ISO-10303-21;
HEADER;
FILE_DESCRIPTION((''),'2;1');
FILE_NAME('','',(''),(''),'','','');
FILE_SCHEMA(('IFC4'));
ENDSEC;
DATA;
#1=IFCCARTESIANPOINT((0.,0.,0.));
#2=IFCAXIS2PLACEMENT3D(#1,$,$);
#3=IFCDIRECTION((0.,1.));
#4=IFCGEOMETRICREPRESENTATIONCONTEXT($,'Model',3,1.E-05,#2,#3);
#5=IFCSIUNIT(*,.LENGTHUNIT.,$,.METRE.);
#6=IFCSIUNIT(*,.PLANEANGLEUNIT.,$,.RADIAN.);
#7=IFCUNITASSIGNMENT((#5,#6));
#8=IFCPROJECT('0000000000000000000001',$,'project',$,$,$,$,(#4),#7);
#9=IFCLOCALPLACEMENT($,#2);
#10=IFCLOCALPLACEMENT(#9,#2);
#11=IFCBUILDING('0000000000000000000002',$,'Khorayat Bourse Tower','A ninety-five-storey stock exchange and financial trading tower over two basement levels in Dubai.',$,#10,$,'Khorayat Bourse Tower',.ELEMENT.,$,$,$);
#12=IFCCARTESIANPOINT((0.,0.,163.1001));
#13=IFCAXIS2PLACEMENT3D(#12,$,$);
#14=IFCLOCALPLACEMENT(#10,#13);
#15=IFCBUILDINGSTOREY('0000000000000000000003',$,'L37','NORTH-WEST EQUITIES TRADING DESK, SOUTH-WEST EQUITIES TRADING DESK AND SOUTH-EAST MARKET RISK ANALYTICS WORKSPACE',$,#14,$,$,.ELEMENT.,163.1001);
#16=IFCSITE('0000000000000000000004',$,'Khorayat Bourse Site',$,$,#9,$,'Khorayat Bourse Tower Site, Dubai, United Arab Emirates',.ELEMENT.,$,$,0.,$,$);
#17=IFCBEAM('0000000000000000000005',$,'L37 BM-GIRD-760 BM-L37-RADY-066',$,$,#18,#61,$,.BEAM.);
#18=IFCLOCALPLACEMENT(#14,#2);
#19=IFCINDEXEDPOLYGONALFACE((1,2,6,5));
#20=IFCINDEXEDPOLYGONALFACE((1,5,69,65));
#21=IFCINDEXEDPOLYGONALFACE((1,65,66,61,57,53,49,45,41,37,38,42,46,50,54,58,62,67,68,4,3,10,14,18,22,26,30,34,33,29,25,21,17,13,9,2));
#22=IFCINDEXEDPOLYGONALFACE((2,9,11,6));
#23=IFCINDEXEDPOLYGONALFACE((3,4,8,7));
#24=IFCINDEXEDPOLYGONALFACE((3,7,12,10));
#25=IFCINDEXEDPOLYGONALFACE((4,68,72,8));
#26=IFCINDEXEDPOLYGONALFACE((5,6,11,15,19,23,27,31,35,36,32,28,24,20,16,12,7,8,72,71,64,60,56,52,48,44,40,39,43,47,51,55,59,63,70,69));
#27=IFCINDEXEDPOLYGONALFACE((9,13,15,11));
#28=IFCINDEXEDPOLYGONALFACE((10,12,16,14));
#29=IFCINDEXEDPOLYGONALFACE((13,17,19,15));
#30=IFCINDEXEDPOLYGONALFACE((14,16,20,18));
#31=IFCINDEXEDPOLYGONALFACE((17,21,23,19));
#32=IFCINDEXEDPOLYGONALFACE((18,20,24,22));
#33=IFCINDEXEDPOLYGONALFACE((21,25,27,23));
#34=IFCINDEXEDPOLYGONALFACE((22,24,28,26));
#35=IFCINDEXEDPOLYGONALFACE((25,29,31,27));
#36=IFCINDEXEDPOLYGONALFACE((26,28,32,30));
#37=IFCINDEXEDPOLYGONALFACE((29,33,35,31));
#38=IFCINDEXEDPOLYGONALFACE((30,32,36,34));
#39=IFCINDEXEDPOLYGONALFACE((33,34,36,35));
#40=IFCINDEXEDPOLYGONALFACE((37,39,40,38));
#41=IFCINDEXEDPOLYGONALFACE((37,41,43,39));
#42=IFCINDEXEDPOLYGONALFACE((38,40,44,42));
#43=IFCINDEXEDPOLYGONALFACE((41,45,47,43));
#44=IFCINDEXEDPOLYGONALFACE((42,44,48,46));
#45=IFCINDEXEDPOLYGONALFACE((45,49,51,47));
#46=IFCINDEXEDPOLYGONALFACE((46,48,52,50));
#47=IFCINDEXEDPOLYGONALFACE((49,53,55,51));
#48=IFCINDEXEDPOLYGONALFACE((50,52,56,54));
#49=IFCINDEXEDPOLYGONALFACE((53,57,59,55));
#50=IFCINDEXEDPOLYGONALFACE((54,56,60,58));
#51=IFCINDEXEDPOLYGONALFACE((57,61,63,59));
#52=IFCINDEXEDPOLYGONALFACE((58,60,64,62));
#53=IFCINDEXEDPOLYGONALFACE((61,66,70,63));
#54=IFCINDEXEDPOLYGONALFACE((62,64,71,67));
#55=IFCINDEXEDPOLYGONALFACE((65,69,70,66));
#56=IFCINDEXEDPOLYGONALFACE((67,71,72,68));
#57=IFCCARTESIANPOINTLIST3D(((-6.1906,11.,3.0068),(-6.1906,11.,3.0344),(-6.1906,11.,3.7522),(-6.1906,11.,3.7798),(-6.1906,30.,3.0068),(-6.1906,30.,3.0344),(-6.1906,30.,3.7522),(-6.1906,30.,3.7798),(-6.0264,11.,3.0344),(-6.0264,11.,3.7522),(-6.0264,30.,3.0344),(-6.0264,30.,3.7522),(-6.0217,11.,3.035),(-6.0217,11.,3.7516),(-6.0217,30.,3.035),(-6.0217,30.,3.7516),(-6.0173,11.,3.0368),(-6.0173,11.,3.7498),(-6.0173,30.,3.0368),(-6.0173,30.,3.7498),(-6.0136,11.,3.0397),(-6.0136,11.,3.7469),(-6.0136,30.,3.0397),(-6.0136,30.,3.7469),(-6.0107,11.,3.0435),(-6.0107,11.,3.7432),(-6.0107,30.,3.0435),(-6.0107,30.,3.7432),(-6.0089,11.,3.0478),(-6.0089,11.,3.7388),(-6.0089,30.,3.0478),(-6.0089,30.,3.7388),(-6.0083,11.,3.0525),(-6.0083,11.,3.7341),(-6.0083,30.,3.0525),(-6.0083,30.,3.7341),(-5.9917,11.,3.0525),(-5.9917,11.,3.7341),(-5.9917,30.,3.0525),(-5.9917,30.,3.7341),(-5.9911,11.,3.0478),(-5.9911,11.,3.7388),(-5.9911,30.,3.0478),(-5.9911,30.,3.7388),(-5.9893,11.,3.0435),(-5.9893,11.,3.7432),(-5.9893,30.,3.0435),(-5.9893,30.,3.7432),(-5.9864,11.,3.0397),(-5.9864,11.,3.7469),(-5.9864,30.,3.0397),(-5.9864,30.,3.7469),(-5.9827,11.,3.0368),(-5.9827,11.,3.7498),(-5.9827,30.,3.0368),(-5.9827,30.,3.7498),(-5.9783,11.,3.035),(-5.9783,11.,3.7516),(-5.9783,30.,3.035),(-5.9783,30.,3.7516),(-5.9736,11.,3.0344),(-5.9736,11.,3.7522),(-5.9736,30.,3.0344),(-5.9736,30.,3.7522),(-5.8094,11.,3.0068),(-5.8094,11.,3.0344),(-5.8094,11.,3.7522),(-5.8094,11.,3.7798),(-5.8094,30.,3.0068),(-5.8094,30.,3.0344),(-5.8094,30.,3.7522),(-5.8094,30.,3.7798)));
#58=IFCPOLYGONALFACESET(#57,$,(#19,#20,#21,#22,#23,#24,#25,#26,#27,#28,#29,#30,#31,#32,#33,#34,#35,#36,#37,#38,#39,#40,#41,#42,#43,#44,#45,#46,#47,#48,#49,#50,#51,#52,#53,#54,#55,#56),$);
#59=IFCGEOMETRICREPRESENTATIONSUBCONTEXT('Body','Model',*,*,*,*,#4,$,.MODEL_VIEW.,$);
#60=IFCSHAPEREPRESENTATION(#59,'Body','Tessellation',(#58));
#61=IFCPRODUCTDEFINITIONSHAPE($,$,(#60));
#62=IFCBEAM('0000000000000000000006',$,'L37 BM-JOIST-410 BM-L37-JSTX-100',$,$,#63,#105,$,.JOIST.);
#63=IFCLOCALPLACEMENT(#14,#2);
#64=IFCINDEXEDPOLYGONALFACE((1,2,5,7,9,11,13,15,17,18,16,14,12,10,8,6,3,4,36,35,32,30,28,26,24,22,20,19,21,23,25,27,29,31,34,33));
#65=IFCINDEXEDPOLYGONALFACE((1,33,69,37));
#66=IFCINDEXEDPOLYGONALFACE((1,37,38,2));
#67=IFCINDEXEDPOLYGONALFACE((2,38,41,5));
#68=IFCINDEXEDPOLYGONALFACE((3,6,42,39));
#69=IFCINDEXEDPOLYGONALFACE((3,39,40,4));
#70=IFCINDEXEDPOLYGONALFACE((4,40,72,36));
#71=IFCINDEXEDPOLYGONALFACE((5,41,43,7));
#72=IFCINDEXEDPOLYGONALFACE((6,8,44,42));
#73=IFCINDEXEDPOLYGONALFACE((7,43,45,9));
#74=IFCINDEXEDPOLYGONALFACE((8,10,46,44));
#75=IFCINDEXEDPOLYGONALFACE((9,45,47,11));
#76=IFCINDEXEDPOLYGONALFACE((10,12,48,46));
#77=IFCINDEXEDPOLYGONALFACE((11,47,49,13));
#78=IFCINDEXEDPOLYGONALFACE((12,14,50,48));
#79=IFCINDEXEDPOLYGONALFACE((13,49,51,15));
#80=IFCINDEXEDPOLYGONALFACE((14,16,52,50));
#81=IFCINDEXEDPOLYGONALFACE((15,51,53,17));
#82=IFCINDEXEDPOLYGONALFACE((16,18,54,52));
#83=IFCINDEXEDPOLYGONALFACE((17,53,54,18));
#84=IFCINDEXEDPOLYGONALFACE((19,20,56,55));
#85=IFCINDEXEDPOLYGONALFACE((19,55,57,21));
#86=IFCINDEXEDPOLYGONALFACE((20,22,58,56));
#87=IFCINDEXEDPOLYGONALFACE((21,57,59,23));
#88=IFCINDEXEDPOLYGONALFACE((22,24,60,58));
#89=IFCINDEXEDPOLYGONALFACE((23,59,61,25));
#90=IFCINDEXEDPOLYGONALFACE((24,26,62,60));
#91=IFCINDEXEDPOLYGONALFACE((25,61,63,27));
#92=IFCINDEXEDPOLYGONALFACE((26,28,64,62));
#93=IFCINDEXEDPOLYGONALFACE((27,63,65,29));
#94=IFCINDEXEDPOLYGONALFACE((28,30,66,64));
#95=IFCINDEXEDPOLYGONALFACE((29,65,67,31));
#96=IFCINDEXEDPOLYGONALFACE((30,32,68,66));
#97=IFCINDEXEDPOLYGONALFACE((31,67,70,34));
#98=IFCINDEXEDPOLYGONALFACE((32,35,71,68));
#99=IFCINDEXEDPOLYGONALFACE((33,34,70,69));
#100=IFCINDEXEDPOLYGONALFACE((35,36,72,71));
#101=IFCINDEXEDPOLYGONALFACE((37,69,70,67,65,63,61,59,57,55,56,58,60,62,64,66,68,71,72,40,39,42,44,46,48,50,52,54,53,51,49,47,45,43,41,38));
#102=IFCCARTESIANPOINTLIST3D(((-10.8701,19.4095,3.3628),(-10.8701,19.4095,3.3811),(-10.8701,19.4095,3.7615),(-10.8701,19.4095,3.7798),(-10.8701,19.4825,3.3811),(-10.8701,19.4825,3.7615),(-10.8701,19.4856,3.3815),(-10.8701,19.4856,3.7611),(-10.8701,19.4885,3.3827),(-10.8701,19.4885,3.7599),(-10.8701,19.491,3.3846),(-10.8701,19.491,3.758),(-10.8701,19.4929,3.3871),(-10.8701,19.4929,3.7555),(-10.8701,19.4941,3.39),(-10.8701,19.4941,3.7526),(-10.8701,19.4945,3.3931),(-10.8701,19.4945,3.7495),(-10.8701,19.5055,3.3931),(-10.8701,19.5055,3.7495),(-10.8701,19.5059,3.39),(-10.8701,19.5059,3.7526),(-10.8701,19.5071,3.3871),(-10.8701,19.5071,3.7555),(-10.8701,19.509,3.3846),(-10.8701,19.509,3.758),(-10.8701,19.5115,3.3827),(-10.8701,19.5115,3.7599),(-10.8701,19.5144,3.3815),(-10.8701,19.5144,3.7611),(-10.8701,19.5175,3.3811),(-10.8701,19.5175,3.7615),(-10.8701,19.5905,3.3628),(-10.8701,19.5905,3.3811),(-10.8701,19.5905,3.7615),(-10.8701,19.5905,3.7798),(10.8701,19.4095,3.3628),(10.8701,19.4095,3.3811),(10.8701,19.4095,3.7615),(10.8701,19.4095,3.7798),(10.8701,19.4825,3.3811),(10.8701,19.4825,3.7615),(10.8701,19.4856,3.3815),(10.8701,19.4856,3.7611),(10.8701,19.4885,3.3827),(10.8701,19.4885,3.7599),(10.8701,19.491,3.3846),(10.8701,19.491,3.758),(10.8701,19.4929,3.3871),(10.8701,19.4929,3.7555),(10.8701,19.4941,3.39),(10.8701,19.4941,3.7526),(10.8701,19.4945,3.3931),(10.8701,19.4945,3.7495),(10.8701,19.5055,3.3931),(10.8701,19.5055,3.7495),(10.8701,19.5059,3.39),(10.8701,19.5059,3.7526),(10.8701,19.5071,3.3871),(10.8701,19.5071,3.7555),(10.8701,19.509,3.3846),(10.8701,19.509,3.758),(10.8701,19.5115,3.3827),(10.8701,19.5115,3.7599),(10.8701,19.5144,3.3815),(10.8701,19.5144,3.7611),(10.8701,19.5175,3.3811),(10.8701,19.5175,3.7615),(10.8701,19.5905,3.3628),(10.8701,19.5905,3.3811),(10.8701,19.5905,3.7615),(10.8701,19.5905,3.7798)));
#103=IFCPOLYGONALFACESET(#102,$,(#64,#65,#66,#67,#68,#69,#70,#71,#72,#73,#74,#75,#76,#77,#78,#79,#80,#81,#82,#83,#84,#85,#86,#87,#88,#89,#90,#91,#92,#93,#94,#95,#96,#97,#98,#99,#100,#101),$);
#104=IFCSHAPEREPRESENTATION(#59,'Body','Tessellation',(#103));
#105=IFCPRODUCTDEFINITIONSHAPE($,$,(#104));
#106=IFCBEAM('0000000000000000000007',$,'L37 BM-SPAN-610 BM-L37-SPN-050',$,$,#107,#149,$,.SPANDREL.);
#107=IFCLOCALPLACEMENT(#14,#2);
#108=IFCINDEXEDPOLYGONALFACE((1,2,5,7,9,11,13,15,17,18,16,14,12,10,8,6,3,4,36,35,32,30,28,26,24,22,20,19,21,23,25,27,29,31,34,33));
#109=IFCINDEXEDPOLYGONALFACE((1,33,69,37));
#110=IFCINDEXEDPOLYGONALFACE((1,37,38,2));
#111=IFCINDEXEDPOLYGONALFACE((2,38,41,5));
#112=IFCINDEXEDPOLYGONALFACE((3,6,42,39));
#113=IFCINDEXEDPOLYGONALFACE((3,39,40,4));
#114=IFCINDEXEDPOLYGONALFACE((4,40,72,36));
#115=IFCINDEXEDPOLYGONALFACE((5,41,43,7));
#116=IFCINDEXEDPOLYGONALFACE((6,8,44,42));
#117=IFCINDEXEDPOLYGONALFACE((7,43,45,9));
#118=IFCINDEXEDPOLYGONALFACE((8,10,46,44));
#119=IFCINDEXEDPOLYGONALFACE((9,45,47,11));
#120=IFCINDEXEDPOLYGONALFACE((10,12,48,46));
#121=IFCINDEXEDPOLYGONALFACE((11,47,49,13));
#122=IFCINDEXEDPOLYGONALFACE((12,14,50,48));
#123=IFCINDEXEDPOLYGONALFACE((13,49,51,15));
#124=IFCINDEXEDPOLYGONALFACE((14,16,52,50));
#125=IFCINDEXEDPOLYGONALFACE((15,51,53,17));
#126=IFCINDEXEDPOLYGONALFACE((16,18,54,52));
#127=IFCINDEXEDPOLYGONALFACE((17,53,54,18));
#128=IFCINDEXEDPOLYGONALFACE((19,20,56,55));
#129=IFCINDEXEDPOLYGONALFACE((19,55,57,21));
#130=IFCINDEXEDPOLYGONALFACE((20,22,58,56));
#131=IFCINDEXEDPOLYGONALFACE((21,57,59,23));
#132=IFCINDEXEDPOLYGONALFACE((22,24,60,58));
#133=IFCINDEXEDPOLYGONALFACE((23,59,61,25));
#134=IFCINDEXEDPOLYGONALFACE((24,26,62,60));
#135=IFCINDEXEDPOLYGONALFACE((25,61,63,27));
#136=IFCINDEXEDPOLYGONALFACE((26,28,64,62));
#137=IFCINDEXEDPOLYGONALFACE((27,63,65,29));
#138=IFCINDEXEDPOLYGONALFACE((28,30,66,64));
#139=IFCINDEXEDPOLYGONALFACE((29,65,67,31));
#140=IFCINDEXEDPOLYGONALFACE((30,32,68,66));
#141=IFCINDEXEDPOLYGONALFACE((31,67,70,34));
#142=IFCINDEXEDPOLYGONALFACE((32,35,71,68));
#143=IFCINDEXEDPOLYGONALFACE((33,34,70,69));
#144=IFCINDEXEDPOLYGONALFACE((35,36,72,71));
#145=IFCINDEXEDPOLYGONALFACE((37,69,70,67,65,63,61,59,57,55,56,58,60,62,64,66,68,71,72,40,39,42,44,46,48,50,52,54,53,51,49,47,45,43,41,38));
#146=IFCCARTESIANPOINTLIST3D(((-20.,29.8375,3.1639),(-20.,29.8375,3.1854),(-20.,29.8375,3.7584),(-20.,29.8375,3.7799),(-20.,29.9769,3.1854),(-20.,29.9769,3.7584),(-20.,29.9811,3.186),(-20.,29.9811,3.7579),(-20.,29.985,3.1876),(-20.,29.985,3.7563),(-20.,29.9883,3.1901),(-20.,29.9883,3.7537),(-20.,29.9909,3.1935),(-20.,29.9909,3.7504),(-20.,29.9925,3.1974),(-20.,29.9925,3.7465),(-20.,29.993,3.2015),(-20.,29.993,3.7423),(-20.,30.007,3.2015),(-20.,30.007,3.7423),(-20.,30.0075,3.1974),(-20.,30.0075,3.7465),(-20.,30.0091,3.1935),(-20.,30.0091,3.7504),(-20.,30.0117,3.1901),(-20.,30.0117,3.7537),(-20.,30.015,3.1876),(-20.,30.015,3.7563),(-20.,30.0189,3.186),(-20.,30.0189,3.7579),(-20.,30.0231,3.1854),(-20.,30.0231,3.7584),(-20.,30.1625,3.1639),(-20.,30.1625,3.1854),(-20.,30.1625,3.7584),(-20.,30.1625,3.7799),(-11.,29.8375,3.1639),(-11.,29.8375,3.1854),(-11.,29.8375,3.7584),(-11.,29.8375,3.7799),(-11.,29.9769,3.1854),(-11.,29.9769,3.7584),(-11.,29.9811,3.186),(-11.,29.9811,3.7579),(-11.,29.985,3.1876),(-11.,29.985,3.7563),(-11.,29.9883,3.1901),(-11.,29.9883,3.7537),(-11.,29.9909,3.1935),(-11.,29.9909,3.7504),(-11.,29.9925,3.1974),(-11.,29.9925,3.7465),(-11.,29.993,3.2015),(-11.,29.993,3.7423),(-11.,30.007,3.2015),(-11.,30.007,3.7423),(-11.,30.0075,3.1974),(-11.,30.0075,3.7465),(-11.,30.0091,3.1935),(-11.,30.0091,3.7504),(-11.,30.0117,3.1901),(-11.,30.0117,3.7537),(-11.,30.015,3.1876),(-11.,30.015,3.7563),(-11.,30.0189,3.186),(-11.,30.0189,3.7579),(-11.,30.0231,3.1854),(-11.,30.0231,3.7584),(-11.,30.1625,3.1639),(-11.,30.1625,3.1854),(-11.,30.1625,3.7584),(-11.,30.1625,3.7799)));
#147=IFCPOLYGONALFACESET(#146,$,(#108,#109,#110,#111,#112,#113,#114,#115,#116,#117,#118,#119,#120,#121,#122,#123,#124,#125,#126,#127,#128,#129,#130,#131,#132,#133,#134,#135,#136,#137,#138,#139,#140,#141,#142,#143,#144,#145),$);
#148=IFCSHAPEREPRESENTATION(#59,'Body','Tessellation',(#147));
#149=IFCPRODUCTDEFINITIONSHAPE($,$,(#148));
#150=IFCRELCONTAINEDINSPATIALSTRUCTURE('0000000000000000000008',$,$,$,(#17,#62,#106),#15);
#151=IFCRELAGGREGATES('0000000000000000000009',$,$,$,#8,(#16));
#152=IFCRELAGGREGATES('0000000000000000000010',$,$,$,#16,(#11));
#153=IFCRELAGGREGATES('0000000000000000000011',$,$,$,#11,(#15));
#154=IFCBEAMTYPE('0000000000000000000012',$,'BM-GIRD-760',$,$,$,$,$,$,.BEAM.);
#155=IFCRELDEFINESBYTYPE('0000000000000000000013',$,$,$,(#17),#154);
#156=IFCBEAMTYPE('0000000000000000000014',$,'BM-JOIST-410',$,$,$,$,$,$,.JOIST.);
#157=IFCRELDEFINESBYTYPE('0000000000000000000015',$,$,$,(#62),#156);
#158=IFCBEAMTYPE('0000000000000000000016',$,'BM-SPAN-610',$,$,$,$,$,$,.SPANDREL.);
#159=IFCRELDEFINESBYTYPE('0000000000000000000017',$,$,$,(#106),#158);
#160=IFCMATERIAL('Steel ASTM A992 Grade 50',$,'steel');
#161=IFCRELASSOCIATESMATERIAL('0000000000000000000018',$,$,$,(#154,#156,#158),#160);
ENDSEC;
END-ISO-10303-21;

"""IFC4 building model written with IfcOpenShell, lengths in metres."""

from ifc_helpers import new_model, si_unit, direction, frame, origin, origin_2d, place, context, subcontext, project, spatial, i_section, extrude, source, transform, mapped, material, material_profile, profile_set, type_object, element, save


model = new_model("IFC4")

# Units and contexts
model_context = context("Model", 3, precision=1e-05, world=origin(), true_north=direction((0.0, 1.0)))
body_context = subcontext(model_context, "Body", "Model", "MODEL_VIEW")
ifc_project = project(units=[si_unit("LENGTHUNIT", "METRE"), si_unit("PLANEANGLEUNIT", "RADIAN")], contexts=[model_context])

# Site, building, storey
site_placement = place(None, origin())
site = spatial("IfcSite", under=ifc_project, at=site_placement, Name="Khorayat Bourse Site", LongName="Khorayat Bourse Tower Site, Dubai, United Arab Emirates", CompositionType="ELEMENT", RefElevation=0.0)
building_placement = place(site_placement, origin())
building = spatial("IfcBuilding", under=site, at=building_placement, Name="Khorayat Bourse Tower", Description="A ninety-five-storey stock exchange and financial trading tower over two basement levels in Dubai.", LongName="Khorayat Bourse Tower", CompositionType="ELEMENT")
storey_placement = place(building_placement, frame((0.0, 0.0, 163.1001)))
storey = spatial("IfcBuildingStorey", under=building, at=storey_placement, Name="L37", Description="NORTH-WEST EQUITIES TRADING DESK, SOUTH-WEST EQUITIES TRADING DESK AND SOUTH-EAST MARKET RISK ANALYTICS WORKSPACE", CompositionType="ELEMENT", Elevation=163.1001)

# Beams
ifc_material_1 = material(Name="Steel ASTM A992 Grade 50", Category="steel")
ifc_material_profile_1 = material_profile(ifc_material_1, i_section(OverallWidth=0.3811, OverallDepth=0.7729, WebThickness=0.0166, FlangeThickness=0.0276, FilletRadius=0.0181, at=origin_2d()), Name="W760X257")
ifc_profile_set_1 = profile_set([ifc_material_profile_1], Name="Steel ASTM A992 Grade 50")
beam_type_1 = type_object("IfcBeamType", Name="BM-GIRD-760", PredefinedType="BEAM", material=ifc_profile_set_1)
shared_shape_1 = source(origin(), body_context, "Body", "SweptSolid", [
    extrude(i_section(OverallWidth=0.3811, OverallDepth=0.7729, WebThickness=0.0166, FlangeThickness=0.0276, FilletRadius=0.0181, at=origin_2d()), origin(), (0.0, 0.0, 1.0), 19.0),
])
for number, where, z_axis, x_axis, name in (
    (1, (-6.0, 11.0, 3.3933), (0.0, 1.0, 0.0), (-1.0, 0.0, 0.0), "L37 BM-GIRD-760 BM-L37-RADY-066"),
):
    element("IfcBeam", number, at=place(storey_placement, frame(where, z_axis=z_axis, x_axis=x_axis)), inside=storey, type_object=beam_type_1, Name=name, PredefinedType="BEAM", context=body_context, shape_type="MappedRepresentation", body=[
        mapped(shared_shape_1, transform((0.0, 0.0, 0.0), scale=1.0)),
    ])
ifc_material_profile_2 = material_profile(ifc_material_1, i_section(OverallWidth=0.1809, OverallDepth=0.417, WebThickness=0.011, FlangeThickness=0.0183, FilletRadius=0.012, at=origin_2d()), Name="W410X85")
ifc_profile_set_2 = profile_set([ifc_material_profile_2], Name="Steel ASTM A992 Grade 50")
beam_type_2 = type_object("IfcBeamType", Name="BM-JOIST-410", PredefinedType="JOIST", material=ifc_profile_set_2)
shared_shape_2 = source(origin(), body_context, "Body", "SweptSolid", [
    extrude(i_section(OverallWidth=0.1809, OverallDepth=0.417, WebThickness=0.011, FlangeThickness=0.0183, FilletRadius=0.012, at=origin_2d()), origin(), (0.0, 0.0, 1.0), 21.7402),
])
beam_1_placement = place(storey_placement, frame((-10.8701, 19.5, 3.5713), z_axis=(1.0, 0.0, 0.0), x_axis=(0.0, 1.0, 0.0)))
element("IfcBeam", 2, at=beam_1_placement, inside=storey, type_object=beam_type_2, Name="L37 BM-JOIST-410 BM-L37-JSTX-100", PredefinedType="JOIST", context=body_context, shape_type="MappedRepresentation", body=[
    mapped(shared_shape_2, transform((0.0, 0.0, 0.0), scale=1.0)),
])
ifc_material_profile_3 = material_profile(ifc_material_1, i_section(OverallWidth=0.325, OverallDepth=0.616, WebThickness=0.0139, FlangeThickness=0.0215, FilletRadius=0.0161, at=origin_2d()), Name="W610X174")
ifc_profile_set_3 = profile_set([ifc_material_profile_3], Name="Steel ASTM A992 Grade 50")
beam_type_3 = type_object("IfcBeamType", Name="BM-SPAN-610", PredefinedType="SPANDREL", material=ifc_profile_set_3)
shared_shape_3 = source(origin(), body_context, "Body", "SweptSolid", [
    extrude(i_section(OverallWidth=0.325, OverallDepth=0.616, WebThickness=0.0139, FlangeThickness=0.0215, FilletRadius=0.0161, at=origin_2d()), origin(), (0.0, 0.0, 1.0), 9.0),
])
beam_2_placement = place(storey_placement, frame((-20.0, 30.0, 3.4719), z_axis=(1.0, 0.0, 0.0), x_axis=(0.0, 1.0, 0.0)))
element("IfcBeam", 3, at=beam_2_placement, inside=storey, type_object=beam_type_3, Name="L37 BM-SPAN-610 BM-L37-SPN-050", PredefinedType="SPANDREL", context=body_context, shape_type="MappedRepresentation", body=[
    mapped(shared_shape_3, transform((0.0, 0.0, 0.0), scale=1.0)),
])

save(model, "model.ifc")
